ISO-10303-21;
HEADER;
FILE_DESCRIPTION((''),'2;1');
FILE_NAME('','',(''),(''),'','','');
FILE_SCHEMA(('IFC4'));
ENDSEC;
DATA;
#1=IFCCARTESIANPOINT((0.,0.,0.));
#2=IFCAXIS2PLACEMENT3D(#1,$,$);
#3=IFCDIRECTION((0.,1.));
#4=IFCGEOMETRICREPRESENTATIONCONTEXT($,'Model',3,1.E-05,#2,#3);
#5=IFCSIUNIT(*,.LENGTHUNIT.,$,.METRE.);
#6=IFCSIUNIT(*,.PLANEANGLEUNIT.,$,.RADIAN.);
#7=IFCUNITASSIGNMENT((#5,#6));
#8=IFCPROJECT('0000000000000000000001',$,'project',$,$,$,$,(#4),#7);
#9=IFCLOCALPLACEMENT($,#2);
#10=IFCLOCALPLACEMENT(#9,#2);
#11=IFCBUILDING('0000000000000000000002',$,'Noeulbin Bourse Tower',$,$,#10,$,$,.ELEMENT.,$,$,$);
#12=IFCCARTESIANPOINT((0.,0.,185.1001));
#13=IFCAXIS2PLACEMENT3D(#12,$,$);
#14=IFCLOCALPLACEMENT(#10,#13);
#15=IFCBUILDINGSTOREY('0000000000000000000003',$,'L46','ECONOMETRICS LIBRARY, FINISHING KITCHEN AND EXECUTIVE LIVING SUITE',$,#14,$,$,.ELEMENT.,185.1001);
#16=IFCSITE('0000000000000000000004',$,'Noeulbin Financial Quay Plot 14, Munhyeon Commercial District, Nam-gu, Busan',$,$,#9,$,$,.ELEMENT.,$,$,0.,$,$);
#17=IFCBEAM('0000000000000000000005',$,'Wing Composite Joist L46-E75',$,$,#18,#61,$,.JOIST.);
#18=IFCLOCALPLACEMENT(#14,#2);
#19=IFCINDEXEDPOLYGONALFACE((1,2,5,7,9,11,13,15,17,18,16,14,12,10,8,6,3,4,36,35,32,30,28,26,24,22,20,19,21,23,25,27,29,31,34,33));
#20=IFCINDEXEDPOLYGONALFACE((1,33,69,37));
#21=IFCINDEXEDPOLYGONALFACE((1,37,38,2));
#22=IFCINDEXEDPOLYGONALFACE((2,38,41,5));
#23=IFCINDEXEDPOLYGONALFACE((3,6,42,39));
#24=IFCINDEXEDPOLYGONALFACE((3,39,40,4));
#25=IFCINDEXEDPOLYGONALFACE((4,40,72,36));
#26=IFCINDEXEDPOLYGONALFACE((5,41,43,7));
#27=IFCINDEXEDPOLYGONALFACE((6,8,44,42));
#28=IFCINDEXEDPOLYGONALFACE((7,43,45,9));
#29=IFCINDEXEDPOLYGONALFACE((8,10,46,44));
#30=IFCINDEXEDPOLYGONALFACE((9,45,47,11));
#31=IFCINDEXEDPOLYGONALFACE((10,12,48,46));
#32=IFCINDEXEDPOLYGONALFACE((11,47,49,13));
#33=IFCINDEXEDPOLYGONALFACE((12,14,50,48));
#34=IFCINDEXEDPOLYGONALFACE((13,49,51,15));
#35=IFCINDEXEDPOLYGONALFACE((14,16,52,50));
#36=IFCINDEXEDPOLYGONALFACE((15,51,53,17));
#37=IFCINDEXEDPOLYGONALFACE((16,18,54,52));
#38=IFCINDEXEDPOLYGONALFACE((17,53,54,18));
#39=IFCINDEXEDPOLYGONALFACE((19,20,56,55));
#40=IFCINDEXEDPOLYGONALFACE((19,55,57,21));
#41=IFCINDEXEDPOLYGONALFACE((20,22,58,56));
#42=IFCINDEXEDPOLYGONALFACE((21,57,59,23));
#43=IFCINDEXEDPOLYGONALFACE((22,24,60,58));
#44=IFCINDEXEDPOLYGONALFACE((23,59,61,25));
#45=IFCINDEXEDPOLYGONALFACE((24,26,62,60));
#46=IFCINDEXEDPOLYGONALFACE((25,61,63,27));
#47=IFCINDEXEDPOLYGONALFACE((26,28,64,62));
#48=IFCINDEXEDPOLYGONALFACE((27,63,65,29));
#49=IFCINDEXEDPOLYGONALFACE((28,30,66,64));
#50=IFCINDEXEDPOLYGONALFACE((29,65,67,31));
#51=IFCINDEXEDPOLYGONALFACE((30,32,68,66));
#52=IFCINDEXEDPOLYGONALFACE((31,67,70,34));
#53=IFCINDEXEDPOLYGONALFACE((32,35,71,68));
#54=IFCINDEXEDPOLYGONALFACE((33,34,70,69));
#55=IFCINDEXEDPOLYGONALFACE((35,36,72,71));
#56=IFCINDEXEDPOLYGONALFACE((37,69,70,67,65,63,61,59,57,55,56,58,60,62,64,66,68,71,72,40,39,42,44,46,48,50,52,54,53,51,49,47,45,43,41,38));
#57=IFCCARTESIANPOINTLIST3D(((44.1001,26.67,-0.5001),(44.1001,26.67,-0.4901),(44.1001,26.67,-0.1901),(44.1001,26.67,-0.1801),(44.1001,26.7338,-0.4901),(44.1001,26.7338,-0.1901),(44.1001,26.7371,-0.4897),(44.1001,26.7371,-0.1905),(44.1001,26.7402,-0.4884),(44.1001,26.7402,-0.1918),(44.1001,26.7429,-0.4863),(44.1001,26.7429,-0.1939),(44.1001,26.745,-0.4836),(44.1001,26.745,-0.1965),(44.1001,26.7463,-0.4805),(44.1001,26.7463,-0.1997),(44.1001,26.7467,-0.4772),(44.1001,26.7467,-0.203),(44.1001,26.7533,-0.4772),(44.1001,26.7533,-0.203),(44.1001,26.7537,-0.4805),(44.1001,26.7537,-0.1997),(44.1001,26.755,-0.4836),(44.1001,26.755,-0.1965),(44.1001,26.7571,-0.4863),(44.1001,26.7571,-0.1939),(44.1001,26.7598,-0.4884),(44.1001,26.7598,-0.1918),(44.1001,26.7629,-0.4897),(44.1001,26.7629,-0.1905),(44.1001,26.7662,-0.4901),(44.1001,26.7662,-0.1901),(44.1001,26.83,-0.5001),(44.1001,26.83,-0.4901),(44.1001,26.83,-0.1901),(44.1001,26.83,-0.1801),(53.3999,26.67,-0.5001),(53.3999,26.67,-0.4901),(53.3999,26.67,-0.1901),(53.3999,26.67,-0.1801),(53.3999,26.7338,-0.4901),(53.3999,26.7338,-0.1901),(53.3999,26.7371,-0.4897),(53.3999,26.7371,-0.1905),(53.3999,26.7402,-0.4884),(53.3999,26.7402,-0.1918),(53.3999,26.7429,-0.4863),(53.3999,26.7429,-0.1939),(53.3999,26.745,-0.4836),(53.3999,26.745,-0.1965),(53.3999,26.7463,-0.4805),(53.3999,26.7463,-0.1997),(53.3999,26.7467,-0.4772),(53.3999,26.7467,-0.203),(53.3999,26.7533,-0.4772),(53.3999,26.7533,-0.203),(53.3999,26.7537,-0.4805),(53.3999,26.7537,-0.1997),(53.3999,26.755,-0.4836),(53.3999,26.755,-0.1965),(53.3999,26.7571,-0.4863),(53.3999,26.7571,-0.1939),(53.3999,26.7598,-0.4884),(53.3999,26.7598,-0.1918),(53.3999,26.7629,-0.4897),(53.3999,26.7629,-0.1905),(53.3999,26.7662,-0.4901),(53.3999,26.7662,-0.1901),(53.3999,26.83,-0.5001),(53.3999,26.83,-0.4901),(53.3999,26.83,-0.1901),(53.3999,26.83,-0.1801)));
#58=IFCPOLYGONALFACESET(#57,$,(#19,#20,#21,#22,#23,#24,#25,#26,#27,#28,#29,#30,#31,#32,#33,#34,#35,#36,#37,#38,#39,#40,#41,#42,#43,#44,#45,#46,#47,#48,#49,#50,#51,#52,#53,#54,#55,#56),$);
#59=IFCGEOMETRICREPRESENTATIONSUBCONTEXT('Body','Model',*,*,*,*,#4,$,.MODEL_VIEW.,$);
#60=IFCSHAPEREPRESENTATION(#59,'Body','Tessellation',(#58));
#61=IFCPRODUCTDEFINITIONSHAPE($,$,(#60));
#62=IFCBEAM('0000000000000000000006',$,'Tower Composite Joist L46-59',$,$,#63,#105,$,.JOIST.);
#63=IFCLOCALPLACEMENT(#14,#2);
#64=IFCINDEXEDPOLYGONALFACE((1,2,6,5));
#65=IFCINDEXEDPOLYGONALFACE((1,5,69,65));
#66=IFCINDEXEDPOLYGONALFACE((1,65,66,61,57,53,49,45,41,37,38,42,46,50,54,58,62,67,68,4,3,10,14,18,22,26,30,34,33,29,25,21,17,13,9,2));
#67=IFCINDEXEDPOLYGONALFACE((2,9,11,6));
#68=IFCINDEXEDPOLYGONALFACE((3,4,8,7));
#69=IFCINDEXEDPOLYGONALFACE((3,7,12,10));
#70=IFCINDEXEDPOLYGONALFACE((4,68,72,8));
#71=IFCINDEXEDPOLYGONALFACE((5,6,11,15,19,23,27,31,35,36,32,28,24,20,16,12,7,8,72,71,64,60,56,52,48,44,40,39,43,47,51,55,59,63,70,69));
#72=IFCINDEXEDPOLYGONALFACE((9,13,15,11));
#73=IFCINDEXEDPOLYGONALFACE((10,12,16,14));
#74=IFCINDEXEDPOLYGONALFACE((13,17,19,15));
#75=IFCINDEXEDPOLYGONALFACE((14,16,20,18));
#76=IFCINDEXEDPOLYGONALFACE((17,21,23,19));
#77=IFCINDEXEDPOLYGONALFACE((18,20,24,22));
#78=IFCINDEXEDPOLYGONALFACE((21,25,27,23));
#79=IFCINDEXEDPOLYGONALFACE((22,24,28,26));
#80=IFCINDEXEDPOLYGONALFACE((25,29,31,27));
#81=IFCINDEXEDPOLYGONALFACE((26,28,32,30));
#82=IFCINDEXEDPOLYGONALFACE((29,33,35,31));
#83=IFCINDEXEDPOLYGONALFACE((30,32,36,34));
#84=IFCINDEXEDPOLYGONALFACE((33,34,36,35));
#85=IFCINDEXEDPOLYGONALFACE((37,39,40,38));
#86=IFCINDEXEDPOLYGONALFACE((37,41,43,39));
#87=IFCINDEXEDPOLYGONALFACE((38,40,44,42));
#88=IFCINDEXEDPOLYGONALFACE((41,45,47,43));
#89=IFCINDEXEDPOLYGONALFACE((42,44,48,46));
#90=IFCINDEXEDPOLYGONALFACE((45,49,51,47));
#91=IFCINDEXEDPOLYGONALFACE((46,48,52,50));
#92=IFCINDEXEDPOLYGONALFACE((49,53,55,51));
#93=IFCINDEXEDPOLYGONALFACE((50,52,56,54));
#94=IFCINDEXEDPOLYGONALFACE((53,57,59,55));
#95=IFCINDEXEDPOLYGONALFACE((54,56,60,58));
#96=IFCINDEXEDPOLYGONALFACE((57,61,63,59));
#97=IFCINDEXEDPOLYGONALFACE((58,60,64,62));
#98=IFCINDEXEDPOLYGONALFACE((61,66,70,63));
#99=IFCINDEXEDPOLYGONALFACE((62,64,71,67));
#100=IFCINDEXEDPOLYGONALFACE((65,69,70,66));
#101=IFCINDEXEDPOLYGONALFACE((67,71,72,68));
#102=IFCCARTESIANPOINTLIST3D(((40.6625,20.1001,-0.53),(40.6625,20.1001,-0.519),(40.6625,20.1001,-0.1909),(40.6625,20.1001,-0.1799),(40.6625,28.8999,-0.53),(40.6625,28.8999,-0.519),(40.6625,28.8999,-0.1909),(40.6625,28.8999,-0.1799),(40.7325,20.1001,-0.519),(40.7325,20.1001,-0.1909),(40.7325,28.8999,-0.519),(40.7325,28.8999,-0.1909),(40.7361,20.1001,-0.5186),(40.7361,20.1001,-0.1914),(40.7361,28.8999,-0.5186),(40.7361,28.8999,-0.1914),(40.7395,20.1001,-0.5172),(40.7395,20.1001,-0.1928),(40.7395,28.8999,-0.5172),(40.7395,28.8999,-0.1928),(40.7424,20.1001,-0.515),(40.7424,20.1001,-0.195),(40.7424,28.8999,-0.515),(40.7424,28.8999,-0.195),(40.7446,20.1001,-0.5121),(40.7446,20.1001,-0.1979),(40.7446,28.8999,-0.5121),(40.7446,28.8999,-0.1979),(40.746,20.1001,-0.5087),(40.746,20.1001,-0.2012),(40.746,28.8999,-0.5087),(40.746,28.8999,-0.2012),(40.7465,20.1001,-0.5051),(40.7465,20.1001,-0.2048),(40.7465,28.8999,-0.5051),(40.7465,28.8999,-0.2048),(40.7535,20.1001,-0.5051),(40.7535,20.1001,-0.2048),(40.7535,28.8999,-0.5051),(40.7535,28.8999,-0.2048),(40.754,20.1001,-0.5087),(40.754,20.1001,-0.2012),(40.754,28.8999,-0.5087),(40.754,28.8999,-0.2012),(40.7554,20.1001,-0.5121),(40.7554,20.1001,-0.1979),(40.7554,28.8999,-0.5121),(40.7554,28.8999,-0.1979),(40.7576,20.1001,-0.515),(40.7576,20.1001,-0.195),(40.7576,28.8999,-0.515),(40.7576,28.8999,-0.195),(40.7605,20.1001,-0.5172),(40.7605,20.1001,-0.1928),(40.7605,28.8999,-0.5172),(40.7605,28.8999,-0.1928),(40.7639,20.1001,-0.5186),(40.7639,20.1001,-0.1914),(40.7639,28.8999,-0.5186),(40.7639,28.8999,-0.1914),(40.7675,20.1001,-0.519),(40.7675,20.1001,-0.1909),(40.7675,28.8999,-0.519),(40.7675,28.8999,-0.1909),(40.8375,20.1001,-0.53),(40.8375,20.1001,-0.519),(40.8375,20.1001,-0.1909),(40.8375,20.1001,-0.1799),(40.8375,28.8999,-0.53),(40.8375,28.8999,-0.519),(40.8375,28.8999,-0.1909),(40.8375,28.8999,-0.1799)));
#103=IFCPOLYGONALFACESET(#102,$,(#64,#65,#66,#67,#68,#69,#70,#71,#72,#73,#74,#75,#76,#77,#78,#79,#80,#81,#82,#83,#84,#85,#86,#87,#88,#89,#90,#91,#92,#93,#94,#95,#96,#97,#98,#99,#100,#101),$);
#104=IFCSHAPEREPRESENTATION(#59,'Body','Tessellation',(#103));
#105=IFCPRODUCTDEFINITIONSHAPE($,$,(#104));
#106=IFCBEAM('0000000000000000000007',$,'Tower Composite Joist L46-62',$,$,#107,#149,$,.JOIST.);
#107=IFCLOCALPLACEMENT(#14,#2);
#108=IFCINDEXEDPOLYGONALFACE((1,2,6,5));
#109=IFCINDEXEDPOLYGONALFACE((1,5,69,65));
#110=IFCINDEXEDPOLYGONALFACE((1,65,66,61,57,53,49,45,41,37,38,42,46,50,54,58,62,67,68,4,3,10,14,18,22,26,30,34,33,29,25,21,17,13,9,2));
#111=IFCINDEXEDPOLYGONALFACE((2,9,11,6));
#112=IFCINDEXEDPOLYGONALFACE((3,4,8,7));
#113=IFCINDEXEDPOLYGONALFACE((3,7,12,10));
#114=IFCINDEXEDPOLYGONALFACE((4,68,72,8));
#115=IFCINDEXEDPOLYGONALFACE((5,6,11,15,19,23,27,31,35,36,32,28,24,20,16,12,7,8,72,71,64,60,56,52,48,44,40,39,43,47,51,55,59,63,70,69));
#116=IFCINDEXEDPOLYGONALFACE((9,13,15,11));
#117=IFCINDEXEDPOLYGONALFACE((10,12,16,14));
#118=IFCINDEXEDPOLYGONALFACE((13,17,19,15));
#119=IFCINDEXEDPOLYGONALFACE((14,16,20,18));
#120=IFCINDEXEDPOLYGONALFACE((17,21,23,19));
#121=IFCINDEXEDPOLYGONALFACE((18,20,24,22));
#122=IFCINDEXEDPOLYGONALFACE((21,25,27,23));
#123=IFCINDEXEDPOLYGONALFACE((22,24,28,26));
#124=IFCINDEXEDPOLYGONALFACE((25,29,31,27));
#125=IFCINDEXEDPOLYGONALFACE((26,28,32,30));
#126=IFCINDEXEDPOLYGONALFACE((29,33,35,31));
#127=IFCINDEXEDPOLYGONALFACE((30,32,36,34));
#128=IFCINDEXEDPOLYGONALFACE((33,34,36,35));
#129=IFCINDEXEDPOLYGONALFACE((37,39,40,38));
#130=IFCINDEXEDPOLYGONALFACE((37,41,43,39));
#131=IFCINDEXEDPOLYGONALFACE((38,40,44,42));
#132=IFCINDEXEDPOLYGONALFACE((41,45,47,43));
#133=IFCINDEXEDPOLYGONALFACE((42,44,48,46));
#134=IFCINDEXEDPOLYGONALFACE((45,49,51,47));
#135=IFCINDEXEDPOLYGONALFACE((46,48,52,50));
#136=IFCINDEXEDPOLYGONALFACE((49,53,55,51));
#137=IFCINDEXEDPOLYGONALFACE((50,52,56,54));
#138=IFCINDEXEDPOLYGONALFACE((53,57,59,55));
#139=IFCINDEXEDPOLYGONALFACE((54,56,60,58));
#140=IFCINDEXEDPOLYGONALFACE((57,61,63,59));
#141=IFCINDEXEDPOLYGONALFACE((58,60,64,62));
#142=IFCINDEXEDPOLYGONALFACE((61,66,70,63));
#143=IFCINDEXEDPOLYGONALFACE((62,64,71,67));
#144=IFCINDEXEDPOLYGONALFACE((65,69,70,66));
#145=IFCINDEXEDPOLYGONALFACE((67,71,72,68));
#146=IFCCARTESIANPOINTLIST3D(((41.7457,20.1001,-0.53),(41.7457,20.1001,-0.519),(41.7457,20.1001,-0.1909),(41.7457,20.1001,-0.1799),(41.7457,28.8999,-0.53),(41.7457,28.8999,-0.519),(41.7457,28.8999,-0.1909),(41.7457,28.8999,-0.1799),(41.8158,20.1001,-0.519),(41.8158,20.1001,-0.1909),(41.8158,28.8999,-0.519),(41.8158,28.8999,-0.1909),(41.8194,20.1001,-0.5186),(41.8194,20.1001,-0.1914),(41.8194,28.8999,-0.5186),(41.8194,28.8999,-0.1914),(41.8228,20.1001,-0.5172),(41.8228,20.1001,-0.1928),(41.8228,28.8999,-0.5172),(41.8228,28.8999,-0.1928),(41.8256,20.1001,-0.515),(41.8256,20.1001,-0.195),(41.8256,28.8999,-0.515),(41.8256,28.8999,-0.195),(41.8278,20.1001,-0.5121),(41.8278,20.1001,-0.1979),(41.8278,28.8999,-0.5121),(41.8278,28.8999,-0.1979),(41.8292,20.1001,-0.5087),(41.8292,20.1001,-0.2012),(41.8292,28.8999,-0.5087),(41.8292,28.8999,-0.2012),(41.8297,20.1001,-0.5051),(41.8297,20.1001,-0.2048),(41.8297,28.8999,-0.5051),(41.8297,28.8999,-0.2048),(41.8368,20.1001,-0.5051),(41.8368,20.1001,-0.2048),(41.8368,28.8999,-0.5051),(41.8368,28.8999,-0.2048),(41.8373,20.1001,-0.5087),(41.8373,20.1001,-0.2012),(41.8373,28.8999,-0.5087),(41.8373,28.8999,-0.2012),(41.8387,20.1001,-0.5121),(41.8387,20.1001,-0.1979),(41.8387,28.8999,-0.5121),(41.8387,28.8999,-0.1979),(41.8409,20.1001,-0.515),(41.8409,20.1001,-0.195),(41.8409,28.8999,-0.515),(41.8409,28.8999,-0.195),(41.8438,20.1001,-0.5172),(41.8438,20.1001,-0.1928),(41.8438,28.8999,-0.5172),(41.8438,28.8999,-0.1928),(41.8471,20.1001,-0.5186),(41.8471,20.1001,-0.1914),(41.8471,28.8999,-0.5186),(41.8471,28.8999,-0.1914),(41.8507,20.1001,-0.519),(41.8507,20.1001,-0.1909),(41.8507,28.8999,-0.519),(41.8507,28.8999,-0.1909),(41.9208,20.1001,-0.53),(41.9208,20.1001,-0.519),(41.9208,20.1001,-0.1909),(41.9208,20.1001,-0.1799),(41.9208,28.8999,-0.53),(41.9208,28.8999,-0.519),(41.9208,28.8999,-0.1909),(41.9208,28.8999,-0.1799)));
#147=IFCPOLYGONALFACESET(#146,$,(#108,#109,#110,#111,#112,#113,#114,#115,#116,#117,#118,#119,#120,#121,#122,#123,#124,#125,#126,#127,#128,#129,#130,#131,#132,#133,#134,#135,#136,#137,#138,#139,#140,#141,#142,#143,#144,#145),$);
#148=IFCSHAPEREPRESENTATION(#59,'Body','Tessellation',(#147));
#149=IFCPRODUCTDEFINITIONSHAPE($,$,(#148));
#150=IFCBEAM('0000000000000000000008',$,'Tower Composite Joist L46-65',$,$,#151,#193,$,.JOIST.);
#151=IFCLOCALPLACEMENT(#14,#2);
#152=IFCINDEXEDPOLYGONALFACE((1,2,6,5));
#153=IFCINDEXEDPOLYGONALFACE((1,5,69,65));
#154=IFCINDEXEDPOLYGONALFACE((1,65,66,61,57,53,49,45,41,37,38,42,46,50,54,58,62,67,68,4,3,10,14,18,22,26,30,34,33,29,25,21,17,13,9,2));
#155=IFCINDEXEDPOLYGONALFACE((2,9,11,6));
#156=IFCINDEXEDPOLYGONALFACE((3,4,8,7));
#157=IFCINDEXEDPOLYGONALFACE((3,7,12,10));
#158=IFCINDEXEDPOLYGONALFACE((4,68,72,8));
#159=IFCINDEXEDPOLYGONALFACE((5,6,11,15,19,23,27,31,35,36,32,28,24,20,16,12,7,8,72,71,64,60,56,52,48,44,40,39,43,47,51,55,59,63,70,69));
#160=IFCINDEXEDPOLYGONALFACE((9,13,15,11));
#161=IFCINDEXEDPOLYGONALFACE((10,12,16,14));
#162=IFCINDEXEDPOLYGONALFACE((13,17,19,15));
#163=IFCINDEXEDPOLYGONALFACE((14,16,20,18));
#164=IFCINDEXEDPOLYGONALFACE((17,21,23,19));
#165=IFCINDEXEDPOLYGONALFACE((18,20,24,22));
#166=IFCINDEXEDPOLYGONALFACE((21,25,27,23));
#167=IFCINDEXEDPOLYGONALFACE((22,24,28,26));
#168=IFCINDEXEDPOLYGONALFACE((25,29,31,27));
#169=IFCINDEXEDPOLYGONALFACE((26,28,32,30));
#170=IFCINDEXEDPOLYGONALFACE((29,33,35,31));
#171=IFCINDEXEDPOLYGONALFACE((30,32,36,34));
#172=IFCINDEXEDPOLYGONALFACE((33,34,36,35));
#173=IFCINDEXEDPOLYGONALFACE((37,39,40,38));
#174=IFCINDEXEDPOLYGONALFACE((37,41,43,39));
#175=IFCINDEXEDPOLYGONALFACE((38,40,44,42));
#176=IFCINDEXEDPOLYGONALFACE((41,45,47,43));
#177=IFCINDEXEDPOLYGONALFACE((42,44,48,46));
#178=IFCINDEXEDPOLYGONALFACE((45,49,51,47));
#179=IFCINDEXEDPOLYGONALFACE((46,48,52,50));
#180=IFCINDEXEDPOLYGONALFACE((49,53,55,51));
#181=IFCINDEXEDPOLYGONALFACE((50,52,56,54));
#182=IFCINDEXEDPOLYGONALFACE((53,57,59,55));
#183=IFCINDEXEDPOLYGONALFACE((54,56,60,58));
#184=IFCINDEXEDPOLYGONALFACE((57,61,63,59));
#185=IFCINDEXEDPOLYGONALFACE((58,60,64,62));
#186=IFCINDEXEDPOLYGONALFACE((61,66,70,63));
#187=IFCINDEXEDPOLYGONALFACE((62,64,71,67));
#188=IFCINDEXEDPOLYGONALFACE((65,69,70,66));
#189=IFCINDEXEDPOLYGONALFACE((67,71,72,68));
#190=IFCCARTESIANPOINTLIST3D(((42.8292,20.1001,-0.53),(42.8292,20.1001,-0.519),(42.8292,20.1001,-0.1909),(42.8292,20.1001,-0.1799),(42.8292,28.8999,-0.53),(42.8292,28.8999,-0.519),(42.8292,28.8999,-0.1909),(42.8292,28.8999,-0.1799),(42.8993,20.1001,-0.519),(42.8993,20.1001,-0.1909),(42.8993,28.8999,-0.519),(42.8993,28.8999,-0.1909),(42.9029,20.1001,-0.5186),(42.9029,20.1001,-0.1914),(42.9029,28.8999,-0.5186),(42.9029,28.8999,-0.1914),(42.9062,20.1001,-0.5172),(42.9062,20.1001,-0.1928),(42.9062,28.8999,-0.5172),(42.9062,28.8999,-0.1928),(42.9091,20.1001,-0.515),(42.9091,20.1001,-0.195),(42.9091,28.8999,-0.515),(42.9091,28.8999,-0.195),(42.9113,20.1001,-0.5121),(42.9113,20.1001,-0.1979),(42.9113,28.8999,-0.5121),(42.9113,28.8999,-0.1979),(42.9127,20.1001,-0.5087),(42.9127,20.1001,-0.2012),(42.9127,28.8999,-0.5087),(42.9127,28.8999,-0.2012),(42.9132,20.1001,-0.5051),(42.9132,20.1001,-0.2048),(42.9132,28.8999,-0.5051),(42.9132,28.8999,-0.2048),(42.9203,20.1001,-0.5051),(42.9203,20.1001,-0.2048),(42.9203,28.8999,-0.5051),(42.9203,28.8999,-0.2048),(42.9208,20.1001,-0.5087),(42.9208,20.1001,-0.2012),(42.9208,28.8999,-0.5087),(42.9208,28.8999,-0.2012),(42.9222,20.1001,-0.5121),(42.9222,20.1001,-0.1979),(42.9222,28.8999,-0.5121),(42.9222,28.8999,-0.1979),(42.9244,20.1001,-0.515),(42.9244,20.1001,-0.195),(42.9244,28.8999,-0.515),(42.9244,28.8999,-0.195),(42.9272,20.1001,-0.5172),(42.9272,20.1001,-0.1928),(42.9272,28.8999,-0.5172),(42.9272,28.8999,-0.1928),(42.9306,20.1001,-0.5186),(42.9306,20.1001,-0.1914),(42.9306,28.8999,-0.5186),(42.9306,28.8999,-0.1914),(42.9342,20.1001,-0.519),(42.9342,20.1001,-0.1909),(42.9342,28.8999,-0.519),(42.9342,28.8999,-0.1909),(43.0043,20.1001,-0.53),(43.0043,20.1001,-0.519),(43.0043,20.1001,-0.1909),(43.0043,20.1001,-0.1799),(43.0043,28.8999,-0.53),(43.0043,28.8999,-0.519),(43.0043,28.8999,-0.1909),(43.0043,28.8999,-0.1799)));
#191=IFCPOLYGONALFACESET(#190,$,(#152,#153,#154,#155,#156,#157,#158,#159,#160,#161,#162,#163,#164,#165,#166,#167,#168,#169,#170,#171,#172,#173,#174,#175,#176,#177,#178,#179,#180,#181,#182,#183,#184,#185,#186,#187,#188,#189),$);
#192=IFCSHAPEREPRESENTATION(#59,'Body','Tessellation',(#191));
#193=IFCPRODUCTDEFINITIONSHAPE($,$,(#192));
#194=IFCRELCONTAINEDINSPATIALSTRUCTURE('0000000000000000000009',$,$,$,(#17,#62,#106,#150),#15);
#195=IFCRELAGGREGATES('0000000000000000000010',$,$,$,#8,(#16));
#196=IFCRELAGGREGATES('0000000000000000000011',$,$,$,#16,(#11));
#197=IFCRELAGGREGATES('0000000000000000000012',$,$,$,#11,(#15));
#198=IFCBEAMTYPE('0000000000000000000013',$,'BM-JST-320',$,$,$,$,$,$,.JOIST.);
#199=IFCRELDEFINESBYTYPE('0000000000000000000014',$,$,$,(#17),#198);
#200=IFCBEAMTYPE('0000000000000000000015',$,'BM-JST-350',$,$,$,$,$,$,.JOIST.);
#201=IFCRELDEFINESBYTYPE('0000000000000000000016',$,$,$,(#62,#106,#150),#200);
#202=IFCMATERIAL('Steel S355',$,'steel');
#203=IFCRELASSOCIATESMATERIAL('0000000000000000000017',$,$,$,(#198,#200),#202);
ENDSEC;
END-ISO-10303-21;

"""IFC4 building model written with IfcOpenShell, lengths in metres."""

from ifc_helpers import new_model, si_unit, direction, frame, origin, origin_2d, place, context, subcontext, project, spatial, i_section, extrude, material, material_profile, profile_set, type_object, element, save


model = new_model("IFC4")

# Units and contexts
model_context = context("Model", 3, precision=1e-05, world=origin(), true_north=direction((0.0, 1.0)))
body_context = subcontext(model_context, "Body", "Model", "MODEL_VIEW")
ifc_project = project(units=[si_unit("LENGTHUNIT", "METRE"), si_unit("PLANEANGLEUNIT", "RADIAN")], contexts=[model_context])

# Site, building, storey
site_placement = place(None, origin())
site = spatial("IfcSite", under=ifc_project, at=site_placement, Name="Noeulbin Financial Quay Plot 14, Munhyeon Commercial District, Nam-gu, Busan", CompositionType="ELEMENT", RefElevation=0.0)
building_placement = place(site_placement, origin())
building = spatial("IfcBuilding", under=site, at=building_placement, Name="Noeulbin Bourse Tower", CompositionType="ELEMENT")
storey_placement = place(building_placement, frame((0.0, 0.0, 185.1001)))
storey = spatial("IfcBuildingStorey", under=building, at=storey_placement, Name="L46", Description="ECONOMETRICS LIBRARY, FINISHING KITCHEN AND EXECUTIVE LIVING SUITE", CompositionType="ELEMENT", Elevation=185.1001)

# Shared definitions
ifc_material_1 = material(Name="Steel S355", Category="steel")

# Beams
ifc_material_profile_1 = material_profile(ifc_material_1, i_section(OverallWidth=0.1599, OverallDepth=0.3201, WebThickness=0.0066, FlangeThickness=0.01, FilletRadius=0.0129, at=origin_2d()), Name="H-320x160x6.5x10", Category="LoadBearing")
ifc_profile_set_1 = profile_set([ifc_material_profile_1], Name="Steel S355")
beam_type_1 = type_object("IfcBeamType", Name="BM-JST-320", PredefinedType="JOIST", material=ifc_profile_set_1)
for number, where, z_axis, x_axis, name in (
    (1, (44.1001, 26.75, -0.3401), (1.0, 0.0, 0.0), (0.0, 1.0, 0.0), "Wing Composite Joist L46-E75"),
):
    element("IfcBeam", number, at=place(storey_placement, frame(where, z_axis=z_axis, x_axis=x_axis)), inside=storey, type_object=beam_type_1, Name=name, PredefinedType="JOIST", context=body_context, shape_type="SweptSolid", body=[
        extrude(i_section(OverallWidth=0.1599, OverallDepth=0.3201, WebThickness=0.0066, FlangeThickness=0.01, FilletRadius=0.0129, at=origin_2d()), origin(), (0.0, 0.0, 1.0), 9.2998),
    ])
ifc_material_profile_2 = material_profile(ifc_material_1, i_section(OverallWidth=0.175, OverallDepth=0.3501, WebThickness=0.0071, FlangeThickness=0.011, FilletRadius=0.0139, at=origin_2d()), Name="H-350x175x7x11", Category="LoadBearing")
ifc_profile_set_2 = profile_set([ifc_material_profile_2], Name="Steel S355")
beam_type_2 = type_object("IfcBeamType", Name="BM-JST-350", PredefinedType="JOIST", material=ifc_profile_set_2)
for number, where, z_axis, x_axis, name in (
    (2, (40.75, 20.1001, -0.355), (0.0, 1.0, 0.0), (-1.0, 0.0, 0.0), "Tower Composite Joist L46-59"),
    (3, (41.8333, 20.1001, -0.355), (0.0, 1.0, 0.0), (-1.0, 0.0, 0.0), "Tower Composite Joist L46-62"),
    (4, (42.9167, 20.1001, -0.355), (0.0, 1.0, 0.0), (-1.0, 0.0, 0.0), "Tower Composite Joist L46-65"),
):
    element("IfcBeam", number, at=place(storey_placement, frame(where, z_axis=z_axis, x_axis=x_axis)), inside=storey, type_object=beam_type_2, Name=name, PredefinedType="JOIST", context=body_context, shape_type="SweptSolid", body=[
        extrude(i_section(OverallWidth=0.175, OverallDepth=0.3501, WebThickness=0.0071, FlangeThickness=0.011, FilletRadius=0.0139, at=origin_2d()), origin(), (0.0, 0.0, 1.0), 8.7998),
    ])

save(model, "model.ifc")
